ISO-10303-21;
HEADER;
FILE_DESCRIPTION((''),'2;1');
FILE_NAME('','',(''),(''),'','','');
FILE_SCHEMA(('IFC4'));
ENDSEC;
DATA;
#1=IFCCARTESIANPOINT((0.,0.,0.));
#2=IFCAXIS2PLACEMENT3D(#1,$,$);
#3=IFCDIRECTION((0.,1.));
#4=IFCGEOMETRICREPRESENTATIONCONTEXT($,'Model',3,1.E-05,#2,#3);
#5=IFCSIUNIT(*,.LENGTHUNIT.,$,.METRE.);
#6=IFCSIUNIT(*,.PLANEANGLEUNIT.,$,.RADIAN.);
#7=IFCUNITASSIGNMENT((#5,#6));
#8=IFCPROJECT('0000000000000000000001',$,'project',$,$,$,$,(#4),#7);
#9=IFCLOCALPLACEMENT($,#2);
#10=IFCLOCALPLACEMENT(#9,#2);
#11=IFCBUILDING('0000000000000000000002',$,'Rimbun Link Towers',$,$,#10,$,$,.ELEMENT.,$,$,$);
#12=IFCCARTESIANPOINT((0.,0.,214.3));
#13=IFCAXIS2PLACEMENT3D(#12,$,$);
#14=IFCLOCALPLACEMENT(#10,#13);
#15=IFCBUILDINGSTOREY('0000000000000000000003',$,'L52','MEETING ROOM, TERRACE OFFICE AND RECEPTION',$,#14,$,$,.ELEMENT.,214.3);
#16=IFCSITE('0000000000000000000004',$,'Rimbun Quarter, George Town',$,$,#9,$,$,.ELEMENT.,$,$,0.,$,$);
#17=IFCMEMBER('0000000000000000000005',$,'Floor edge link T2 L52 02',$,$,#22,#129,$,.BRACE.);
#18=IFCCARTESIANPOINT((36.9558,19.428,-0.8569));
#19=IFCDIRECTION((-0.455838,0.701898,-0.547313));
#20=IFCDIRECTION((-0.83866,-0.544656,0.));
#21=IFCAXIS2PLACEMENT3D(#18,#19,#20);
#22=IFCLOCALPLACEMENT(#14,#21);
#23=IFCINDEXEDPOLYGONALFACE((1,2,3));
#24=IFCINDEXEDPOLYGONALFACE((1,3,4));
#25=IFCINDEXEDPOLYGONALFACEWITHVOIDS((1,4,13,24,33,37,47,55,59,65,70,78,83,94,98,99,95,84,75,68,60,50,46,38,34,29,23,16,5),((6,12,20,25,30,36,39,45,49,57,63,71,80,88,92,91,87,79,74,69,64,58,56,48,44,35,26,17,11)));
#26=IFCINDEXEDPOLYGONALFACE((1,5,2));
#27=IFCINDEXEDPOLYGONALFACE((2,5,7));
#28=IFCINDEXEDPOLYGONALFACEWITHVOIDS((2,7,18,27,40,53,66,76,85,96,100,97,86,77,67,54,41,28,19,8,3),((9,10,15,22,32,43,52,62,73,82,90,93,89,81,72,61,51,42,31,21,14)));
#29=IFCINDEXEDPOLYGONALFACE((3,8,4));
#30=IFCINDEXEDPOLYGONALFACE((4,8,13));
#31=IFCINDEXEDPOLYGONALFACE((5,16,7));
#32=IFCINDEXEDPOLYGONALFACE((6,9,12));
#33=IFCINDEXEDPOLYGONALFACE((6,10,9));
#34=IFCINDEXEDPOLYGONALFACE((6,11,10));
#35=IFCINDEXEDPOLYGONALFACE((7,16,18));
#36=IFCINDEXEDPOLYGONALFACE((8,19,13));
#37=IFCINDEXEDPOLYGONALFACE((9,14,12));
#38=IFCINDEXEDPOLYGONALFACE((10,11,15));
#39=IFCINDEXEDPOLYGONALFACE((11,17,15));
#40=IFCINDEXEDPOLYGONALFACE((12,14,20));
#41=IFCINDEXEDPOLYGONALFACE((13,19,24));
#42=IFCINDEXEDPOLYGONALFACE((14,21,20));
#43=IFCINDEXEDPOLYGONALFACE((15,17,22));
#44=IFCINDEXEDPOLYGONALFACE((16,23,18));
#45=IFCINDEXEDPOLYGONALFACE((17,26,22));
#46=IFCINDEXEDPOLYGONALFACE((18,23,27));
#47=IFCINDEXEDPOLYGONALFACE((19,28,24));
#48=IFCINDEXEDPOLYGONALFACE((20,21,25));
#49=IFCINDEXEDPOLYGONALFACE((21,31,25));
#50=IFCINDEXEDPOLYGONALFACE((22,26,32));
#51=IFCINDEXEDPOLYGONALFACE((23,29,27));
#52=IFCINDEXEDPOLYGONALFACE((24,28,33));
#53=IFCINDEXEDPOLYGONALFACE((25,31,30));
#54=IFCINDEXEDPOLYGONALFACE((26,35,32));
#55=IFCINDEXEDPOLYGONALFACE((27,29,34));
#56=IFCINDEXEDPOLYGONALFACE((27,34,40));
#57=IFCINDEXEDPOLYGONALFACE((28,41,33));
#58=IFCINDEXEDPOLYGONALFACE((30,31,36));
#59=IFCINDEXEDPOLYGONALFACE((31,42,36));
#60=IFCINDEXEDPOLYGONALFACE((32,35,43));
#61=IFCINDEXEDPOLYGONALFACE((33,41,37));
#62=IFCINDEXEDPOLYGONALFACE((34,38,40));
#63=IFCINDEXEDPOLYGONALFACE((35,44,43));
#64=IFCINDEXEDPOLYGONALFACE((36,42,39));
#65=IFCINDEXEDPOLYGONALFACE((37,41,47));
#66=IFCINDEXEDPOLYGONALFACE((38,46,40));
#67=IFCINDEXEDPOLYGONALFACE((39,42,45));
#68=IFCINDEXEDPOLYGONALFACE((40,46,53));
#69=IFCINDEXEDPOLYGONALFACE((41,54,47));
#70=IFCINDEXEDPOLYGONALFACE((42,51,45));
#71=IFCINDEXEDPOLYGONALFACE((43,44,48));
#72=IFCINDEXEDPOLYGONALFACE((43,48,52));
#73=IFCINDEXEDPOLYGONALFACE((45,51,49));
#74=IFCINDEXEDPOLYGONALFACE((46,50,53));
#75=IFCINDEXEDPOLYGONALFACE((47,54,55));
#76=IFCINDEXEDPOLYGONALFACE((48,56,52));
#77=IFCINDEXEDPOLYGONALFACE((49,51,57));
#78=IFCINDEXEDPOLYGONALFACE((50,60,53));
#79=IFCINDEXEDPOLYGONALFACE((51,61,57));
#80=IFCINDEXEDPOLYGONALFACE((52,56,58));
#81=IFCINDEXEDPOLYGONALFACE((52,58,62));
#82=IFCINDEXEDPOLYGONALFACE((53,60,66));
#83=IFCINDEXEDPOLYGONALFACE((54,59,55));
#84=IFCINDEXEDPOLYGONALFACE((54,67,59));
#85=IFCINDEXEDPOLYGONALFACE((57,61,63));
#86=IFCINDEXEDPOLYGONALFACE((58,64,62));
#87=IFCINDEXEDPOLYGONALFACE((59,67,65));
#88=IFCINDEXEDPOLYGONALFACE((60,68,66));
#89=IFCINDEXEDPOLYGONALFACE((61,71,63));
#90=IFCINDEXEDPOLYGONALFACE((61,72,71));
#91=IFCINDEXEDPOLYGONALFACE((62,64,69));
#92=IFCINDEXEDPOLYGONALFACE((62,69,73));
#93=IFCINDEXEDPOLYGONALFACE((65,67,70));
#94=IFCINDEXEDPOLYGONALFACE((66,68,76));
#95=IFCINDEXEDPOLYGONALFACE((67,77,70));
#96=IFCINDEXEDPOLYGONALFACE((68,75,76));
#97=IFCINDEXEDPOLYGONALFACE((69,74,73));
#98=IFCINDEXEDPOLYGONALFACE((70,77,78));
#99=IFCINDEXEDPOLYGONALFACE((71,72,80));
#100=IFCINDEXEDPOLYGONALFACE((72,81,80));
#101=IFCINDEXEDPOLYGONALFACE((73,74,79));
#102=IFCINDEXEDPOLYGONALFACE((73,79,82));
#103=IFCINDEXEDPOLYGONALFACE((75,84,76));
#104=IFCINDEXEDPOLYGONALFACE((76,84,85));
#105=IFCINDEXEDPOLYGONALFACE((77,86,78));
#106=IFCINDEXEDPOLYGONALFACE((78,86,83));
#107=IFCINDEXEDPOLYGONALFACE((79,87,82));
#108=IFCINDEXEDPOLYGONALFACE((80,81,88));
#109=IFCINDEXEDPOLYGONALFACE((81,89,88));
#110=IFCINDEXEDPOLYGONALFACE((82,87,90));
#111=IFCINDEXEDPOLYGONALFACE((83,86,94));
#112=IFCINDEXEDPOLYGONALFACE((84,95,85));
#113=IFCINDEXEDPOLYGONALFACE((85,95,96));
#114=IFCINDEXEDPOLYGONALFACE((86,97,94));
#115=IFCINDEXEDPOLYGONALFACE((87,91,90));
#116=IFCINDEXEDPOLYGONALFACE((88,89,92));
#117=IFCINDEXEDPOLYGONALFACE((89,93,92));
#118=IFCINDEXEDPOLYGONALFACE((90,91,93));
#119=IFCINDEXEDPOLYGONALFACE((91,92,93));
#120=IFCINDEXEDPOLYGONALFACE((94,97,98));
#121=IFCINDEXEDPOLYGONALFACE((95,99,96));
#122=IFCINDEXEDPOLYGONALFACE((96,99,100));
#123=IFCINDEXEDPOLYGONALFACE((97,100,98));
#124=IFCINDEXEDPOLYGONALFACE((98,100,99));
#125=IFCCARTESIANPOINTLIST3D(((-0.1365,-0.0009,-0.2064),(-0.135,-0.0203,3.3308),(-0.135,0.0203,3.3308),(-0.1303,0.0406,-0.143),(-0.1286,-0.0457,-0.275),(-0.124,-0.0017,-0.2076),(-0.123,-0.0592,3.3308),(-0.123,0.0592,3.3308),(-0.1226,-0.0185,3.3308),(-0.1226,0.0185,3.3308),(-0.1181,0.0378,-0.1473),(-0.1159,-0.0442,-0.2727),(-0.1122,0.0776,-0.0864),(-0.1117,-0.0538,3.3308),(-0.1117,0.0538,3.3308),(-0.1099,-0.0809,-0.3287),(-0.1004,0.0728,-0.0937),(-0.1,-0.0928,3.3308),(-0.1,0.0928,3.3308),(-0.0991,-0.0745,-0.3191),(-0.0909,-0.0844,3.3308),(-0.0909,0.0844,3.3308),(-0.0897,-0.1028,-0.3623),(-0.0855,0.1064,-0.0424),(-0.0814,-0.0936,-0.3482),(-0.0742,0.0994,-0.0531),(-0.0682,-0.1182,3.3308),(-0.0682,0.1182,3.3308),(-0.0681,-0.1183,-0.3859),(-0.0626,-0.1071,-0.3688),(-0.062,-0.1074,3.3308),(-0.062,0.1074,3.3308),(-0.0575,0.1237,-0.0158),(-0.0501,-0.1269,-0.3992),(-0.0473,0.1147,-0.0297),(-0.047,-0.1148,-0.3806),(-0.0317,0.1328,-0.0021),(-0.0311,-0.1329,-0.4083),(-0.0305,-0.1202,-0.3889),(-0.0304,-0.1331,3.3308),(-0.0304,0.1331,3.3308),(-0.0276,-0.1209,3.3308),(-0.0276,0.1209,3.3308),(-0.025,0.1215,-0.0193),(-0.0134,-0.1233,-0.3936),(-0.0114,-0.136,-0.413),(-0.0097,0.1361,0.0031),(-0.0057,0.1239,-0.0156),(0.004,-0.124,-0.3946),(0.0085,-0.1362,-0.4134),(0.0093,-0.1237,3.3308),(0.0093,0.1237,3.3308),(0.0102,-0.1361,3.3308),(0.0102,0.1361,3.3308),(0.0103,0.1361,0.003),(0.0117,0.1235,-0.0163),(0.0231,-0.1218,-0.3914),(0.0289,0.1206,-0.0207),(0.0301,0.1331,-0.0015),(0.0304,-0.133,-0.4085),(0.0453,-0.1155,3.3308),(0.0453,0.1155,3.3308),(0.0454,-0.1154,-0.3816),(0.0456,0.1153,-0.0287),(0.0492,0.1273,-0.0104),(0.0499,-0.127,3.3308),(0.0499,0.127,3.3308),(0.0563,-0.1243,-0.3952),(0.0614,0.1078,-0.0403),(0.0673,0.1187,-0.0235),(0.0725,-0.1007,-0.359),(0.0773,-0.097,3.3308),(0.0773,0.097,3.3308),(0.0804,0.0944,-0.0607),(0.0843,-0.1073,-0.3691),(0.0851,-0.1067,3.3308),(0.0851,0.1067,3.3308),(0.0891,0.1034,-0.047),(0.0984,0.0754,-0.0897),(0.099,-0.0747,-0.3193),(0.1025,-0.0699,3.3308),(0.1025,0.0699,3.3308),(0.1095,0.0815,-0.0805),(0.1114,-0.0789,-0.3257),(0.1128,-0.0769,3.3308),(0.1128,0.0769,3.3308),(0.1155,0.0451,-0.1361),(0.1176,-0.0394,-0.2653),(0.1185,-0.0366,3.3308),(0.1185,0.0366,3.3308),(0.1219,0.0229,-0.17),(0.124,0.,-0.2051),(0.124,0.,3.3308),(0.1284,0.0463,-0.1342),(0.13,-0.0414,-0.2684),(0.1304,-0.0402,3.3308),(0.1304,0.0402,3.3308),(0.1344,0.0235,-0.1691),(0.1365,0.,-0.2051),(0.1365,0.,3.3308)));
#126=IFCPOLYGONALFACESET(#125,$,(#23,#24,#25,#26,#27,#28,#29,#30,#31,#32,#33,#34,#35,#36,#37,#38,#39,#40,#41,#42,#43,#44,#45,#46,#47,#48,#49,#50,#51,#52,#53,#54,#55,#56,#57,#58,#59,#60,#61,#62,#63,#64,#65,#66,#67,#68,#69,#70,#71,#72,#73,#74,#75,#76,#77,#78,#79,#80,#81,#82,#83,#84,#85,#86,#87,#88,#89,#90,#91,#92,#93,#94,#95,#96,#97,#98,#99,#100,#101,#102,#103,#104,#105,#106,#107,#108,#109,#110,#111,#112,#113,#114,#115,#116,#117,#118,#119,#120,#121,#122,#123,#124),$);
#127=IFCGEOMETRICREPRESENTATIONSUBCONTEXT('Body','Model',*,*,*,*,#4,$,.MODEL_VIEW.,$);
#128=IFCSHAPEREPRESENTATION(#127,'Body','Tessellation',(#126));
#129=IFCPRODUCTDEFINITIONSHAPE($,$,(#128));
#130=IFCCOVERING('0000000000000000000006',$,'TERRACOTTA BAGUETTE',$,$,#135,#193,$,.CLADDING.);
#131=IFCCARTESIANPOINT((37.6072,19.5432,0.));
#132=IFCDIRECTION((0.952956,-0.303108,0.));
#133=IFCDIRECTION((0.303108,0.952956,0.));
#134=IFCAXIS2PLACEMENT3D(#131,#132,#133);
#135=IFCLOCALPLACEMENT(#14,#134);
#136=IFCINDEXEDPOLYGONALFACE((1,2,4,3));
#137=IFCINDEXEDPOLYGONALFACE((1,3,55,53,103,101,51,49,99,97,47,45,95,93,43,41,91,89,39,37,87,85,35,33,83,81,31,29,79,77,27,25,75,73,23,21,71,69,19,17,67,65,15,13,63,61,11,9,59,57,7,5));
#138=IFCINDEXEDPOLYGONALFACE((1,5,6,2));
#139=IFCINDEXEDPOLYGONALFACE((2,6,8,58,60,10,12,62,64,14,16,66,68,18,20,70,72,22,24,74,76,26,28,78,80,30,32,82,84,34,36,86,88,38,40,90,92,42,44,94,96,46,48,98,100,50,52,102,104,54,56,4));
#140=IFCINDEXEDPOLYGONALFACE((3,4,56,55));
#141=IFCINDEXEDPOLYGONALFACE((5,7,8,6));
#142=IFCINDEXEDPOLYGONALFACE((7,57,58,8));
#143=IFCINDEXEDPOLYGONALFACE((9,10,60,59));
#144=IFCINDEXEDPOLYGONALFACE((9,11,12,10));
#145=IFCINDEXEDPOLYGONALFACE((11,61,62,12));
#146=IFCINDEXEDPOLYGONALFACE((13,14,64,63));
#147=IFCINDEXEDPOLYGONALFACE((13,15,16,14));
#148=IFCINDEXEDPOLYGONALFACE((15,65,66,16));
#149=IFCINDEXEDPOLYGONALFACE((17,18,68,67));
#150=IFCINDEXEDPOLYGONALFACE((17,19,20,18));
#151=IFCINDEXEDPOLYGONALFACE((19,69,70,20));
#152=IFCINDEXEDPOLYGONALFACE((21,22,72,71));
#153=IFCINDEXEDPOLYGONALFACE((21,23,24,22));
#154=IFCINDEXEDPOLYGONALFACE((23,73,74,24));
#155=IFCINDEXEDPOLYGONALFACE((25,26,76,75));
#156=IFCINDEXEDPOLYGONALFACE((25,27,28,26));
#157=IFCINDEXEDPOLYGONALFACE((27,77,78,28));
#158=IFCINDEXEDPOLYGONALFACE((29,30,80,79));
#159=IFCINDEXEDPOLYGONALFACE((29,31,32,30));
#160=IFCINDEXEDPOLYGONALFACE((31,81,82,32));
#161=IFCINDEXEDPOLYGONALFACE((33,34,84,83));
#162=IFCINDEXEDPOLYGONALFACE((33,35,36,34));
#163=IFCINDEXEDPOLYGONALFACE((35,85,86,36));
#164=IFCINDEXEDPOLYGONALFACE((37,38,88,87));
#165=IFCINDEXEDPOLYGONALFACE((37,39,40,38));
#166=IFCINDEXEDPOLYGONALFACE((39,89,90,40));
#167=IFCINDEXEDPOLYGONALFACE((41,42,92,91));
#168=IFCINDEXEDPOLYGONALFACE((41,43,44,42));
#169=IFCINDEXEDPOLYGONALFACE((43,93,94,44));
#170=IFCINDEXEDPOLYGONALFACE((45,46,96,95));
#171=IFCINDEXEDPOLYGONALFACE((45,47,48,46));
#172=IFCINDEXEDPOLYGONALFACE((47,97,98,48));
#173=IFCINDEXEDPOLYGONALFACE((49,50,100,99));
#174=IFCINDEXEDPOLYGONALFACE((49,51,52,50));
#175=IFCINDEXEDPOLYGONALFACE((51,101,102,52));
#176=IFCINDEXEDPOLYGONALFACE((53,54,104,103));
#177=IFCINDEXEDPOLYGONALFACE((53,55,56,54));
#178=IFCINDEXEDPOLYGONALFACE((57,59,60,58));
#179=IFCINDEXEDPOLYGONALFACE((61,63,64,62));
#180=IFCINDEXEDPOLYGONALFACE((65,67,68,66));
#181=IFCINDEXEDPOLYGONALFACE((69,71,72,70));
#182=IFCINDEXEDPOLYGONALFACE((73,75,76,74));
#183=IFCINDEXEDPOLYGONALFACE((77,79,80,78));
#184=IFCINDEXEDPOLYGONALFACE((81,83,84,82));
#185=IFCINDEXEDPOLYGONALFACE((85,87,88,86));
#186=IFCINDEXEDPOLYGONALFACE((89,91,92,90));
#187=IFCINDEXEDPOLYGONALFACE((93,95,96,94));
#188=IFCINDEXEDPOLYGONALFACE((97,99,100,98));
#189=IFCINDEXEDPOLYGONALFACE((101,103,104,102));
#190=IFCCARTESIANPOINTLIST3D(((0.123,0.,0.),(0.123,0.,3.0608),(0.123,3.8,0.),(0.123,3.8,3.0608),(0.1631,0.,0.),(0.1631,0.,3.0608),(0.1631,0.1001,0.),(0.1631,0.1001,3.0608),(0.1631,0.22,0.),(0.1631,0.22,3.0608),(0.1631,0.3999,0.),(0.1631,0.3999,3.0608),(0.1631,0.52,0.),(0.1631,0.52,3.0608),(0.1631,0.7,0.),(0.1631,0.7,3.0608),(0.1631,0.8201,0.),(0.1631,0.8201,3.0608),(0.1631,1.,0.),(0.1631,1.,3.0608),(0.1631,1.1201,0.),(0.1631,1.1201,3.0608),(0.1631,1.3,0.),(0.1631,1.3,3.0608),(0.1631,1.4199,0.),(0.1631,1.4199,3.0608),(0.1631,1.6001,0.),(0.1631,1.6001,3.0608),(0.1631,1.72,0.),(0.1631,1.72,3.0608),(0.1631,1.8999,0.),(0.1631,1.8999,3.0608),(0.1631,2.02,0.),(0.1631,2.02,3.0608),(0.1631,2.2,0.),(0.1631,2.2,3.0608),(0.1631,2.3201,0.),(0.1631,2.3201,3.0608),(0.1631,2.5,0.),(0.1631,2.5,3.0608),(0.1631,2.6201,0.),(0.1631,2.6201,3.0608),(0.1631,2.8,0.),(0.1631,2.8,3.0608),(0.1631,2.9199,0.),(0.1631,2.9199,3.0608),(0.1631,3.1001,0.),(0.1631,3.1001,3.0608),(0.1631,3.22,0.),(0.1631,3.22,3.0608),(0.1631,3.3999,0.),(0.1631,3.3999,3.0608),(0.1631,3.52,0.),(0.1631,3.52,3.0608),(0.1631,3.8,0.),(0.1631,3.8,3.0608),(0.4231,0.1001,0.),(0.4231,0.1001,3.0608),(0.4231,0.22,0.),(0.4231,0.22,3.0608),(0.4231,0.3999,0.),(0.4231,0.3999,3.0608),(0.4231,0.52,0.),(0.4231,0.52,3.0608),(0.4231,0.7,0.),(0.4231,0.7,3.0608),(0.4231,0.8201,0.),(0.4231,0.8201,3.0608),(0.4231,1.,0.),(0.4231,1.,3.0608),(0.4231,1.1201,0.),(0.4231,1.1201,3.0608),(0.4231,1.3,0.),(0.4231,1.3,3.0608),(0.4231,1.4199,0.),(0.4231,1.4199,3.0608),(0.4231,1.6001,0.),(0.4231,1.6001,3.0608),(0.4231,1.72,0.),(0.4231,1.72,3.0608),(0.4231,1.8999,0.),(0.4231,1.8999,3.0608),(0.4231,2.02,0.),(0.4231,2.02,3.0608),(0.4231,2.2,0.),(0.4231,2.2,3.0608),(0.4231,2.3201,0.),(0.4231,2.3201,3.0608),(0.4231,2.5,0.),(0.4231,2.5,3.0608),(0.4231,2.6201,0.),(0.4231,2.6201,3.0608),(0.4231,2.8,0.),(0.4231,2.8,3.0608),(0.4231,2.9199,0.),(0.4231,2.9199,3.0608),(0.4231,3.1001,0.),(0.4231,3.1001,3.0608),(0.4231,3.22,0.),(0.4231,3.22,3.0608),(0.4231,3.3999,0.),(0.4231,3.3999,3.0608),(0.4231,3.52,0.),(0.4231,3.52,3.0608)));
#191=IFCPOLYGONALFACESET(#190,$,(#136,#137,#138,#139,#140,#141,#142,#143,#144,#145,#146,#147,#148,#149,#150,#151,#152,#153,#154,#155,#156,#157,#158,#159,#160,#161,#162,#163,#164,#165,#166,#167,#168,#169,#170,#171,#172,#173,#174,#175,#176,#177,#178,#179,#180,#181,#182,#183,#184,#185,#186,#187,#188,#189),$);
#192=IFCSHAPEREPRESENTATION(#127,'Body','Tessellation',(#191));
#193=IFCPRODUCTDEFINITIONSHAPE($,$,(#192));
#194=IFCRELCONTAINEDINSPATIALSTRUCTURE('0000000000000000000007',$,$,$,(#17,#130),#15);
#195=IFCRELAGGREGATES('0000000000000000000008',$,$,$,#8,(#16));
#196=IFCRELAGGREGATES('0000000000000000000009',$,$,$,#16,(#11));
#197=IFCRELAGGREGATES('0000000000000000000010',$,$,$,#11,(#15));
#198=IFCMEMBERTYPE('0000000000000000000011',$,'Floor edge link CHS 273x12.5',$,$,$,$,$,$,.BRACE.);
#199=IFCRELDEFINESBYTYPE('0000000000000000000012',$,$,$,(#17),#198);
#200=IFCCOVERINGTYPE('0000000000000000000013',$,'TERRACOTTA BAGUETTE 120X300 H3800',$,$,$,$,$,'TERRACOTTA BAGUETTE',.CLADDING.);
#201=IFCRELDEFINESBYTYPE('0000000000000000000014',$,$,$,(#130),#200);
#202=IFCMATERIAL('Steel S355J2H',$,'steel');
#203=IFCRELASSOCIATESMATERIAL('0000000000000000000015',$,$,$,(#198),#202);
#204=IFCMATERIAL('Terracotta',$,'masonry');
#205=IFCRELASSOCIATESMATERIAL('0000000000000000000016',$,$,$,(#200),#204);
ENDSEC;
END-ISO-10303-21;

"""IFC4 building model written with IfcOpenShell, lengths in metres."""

from ifc_helpers import new_model, si_unit, direction, frame, origin, origin_2d, place, context, subcontext, project, spatial, polyline, hollow_circle, outline, extrude, clip, halfspace, material, material_profile, profile_set, type_object, element, save


model = new_model("IFC4")

# Units and contexts
model_context = context("Model", 3, precision=1e-05, world=origin(), true_north=direction((0.0, 1.0)))
body_context = subcontext(model_context, "Body", "Model", "MODEL_VIEW")
ifc_project = project(units=[si_unit("LENGTHUNIT", "METRE"), si_unit("PLANEANGLEUNIT", "RADIAN")], contexts=[model_context])

# Site, building, storey
site_placement = place(None, origin())
site = spatial("IfcSite", under=ifc_project, at=site_placement, Name="Rimbun Quarter, George Town", CompositionType="ELEMENT", RefElevation=0.0)
building_placement = place(site_placement, origin())
building = spatial("IfcBuilding", under=site, at=building_placement, Name="Rimbun Link Towers", CompositionType="ELEMENT")
storey_placement = place(building_placement, frame((0.0, 0.0, 214.3)))
storey = spatial("IfcBuildingStorey", under=building, at=storey_placement, Name="L52", Description="MEETING ROOM, TERRACE OFFICE AND RECEPTION", CompositionType="ELEMENT", Elevation=214.3)

# Member
ifc_material_1 = material(Name="Steel S355J2H", Category="steel")
ifc_material_profile_1 = material_profile(ifc_material_1, hollow_circle(Radius=0.1365, WallThickness=0.0125, at=origin_2d()), Name="CHS 273x12.5")
ifc_profile_set_1 = profile_set([ifc_material_profile_1], Name="Steel S355J2H")
member_type_1 = type_object("IfcMemberType", Name="Floor edge link CHS 273x12.5", PredefinedType="BRACE", material=ifc_profile_set_1)
member_1_placement = place(storey_placement, frame((36.9558, 19.428, -0.8569), z_axis=(-0.455838, 0.701898, -0.547313), x_axis=(-0.83866, -0.544656, 0.0)))
element("IfcMember", 1, at=member_1_placement, inside=storey, type_object=member_type_1, Name="Floor edge link T2 L52 02", PredefinedType="BRACE", context=body_context, shape_type="Clipping", body=[
    clip(extrude(hollow_circle(Radius=0.1365, WallThickness=0.0125, at=origin_2d()), frame((0.0, 0.0, -0.4358)), (0.0, 0.0, 1.0), 3.7666), halfspace(frame((0.0, 0.0, -0.2051), z_axis=(0.0, 0.836928, -0.547313)), False)),
])

# Covering
ifc_material_2 = material(Name="Terracotta", Category="masonry")
ifc_material_profile_2 = material_profile(ifc_material_2, outline(polyline([(0.123, 0.0), (0.1631, 0.0), (0.1631, 0.1001), (0.4231, 0.1001), (0.4231, 0.22), (0.1631, 0.22), (0.1631, 0.3999), (0.4231, 0.3999), (0.4231, 0.52), (0.1631, 0.52), (0.1631, 0.7), (0.4231, 0.7), (0.4231, 0.8201), (0.1631, 0.8201), (0.1631, 1.0), (0.4231, 1.0), (0.4231, 1.1201), (0.1631, 1.1201), (0.1631, 1.3), (0.4231, 1.3), (0.4231, 1.4199), (0.1631, 1.4199), (0.1631, 1.6001), (0.4231, 1.6001), (0.4231, 1.72), (0.1631, 1.72), (0.1631, 1.8999), (0.4231, 1.8999), (0.4231, 2.02), (0.1631, 2.02), (0.1631, 2.2), (0.4231, 2.2), (0.4231, 2.3201), (0.1631, 2.3201), (0.1631, 2.5), (0.4231, 2.5), (0.4231, 2.6201), (0.1631, 2.6201), (0.1631, 2.8), (0.4231, 2.8), (0.4231, 2.9199), (0.1631, 2.9199), (0.1631, 3.1001), (0.4231, 3.1001), (0.4231, 3.22), (0.1631, 3.22), (0.1631, 3.3999), (0.4231, 3.3999), (0.4231, 3.52), (0.1631, 3.52), (0.1631, 3.8), (0.123, 3.8), (0.123, 0.0)])), Name="BAGUETTE 120X300")
ifc_profile_set_2 = profile_set([ifc_material_profile_2], Name="Terracotta")
covering_type = type_object("IfcCoveringType", Name="TERRACOTTA BAGUETTE 120X300 H3800", ElementType="TERRACOTTA BAGUETTE", PredefinedType="CLADDING", material=ifc_profile_set_2)
covering_1_placement = place(storey_placement, frame((37.6072, 19.5432, 0.0), z_axis=(0.952956, -0.303108, 0.0), x_axis=(0.303108, 0.952956, 0.0)))
element("IfcCovering", 2, at=covering_1_placement, inside=storey, type_object=covering_type, Name="TERRACOTTA BAGUETTE", PredefinedType="CLADDING", context=body_context, shape_type="SweptSolid", body=[
    extrude(outline(polyline([(0.123, 0.0), (0.1631, 0.0), (0.1631, 0.1001), (0.4231, 0.1001), (0.4231, 0.22), (0.1631, 0.22), (0.1631, 0.3999), (0.4231, 0.3999), (0.4231, 0.52), (0.1631, 0.52), (0.1631, 0.7), (0.4231, 0.7), (0.4231, 0.8201), (0.1631, 0.8201), (0.1631, 1.0), (0.4231, 1.0), (0.4231, 1.1201), (0.1631, 1.1201), (0.1631, 1.3), (0.4231, 1.3), (0.4231, 1.4199), (0.1631, 1.4199), (0.1631, 1.6001), (0.4231, 1.6001), (0.4231, 1.72), (0.1631, 1.72), (0.1631, 1.8999), (0.4231, 1.8999), (0.4231, 2.02), (0.1631, 2.02), (0.1631, 2.2), (0.4231, 2.2), (0.4231, 2.3201), (0.1631, 2.3201), (0.1631, 2.5), (0.4231, 2.5), (0.4231, 2.6201), (0.1631, 2.6201), (0.1631, 2.8), (0.4231, 2.8), (0.4231, 2.9199), (0.1631, 2.9199), (0.1631, 3.1001), (0.4231, 3.1001), (0.4231, 3.22), (0.1631, 3.22), (0.1631, 3.3999), (0.4231, 3.3999), (0.4231, 3.52), (0.1631, 3.52), (0.1631, 3.8), (0.123, 3.8), (0.123, 0.0)])), origin(), (0.0, 0.0, 1.0), 3.0608),
])

save(model, "model.ifc")
